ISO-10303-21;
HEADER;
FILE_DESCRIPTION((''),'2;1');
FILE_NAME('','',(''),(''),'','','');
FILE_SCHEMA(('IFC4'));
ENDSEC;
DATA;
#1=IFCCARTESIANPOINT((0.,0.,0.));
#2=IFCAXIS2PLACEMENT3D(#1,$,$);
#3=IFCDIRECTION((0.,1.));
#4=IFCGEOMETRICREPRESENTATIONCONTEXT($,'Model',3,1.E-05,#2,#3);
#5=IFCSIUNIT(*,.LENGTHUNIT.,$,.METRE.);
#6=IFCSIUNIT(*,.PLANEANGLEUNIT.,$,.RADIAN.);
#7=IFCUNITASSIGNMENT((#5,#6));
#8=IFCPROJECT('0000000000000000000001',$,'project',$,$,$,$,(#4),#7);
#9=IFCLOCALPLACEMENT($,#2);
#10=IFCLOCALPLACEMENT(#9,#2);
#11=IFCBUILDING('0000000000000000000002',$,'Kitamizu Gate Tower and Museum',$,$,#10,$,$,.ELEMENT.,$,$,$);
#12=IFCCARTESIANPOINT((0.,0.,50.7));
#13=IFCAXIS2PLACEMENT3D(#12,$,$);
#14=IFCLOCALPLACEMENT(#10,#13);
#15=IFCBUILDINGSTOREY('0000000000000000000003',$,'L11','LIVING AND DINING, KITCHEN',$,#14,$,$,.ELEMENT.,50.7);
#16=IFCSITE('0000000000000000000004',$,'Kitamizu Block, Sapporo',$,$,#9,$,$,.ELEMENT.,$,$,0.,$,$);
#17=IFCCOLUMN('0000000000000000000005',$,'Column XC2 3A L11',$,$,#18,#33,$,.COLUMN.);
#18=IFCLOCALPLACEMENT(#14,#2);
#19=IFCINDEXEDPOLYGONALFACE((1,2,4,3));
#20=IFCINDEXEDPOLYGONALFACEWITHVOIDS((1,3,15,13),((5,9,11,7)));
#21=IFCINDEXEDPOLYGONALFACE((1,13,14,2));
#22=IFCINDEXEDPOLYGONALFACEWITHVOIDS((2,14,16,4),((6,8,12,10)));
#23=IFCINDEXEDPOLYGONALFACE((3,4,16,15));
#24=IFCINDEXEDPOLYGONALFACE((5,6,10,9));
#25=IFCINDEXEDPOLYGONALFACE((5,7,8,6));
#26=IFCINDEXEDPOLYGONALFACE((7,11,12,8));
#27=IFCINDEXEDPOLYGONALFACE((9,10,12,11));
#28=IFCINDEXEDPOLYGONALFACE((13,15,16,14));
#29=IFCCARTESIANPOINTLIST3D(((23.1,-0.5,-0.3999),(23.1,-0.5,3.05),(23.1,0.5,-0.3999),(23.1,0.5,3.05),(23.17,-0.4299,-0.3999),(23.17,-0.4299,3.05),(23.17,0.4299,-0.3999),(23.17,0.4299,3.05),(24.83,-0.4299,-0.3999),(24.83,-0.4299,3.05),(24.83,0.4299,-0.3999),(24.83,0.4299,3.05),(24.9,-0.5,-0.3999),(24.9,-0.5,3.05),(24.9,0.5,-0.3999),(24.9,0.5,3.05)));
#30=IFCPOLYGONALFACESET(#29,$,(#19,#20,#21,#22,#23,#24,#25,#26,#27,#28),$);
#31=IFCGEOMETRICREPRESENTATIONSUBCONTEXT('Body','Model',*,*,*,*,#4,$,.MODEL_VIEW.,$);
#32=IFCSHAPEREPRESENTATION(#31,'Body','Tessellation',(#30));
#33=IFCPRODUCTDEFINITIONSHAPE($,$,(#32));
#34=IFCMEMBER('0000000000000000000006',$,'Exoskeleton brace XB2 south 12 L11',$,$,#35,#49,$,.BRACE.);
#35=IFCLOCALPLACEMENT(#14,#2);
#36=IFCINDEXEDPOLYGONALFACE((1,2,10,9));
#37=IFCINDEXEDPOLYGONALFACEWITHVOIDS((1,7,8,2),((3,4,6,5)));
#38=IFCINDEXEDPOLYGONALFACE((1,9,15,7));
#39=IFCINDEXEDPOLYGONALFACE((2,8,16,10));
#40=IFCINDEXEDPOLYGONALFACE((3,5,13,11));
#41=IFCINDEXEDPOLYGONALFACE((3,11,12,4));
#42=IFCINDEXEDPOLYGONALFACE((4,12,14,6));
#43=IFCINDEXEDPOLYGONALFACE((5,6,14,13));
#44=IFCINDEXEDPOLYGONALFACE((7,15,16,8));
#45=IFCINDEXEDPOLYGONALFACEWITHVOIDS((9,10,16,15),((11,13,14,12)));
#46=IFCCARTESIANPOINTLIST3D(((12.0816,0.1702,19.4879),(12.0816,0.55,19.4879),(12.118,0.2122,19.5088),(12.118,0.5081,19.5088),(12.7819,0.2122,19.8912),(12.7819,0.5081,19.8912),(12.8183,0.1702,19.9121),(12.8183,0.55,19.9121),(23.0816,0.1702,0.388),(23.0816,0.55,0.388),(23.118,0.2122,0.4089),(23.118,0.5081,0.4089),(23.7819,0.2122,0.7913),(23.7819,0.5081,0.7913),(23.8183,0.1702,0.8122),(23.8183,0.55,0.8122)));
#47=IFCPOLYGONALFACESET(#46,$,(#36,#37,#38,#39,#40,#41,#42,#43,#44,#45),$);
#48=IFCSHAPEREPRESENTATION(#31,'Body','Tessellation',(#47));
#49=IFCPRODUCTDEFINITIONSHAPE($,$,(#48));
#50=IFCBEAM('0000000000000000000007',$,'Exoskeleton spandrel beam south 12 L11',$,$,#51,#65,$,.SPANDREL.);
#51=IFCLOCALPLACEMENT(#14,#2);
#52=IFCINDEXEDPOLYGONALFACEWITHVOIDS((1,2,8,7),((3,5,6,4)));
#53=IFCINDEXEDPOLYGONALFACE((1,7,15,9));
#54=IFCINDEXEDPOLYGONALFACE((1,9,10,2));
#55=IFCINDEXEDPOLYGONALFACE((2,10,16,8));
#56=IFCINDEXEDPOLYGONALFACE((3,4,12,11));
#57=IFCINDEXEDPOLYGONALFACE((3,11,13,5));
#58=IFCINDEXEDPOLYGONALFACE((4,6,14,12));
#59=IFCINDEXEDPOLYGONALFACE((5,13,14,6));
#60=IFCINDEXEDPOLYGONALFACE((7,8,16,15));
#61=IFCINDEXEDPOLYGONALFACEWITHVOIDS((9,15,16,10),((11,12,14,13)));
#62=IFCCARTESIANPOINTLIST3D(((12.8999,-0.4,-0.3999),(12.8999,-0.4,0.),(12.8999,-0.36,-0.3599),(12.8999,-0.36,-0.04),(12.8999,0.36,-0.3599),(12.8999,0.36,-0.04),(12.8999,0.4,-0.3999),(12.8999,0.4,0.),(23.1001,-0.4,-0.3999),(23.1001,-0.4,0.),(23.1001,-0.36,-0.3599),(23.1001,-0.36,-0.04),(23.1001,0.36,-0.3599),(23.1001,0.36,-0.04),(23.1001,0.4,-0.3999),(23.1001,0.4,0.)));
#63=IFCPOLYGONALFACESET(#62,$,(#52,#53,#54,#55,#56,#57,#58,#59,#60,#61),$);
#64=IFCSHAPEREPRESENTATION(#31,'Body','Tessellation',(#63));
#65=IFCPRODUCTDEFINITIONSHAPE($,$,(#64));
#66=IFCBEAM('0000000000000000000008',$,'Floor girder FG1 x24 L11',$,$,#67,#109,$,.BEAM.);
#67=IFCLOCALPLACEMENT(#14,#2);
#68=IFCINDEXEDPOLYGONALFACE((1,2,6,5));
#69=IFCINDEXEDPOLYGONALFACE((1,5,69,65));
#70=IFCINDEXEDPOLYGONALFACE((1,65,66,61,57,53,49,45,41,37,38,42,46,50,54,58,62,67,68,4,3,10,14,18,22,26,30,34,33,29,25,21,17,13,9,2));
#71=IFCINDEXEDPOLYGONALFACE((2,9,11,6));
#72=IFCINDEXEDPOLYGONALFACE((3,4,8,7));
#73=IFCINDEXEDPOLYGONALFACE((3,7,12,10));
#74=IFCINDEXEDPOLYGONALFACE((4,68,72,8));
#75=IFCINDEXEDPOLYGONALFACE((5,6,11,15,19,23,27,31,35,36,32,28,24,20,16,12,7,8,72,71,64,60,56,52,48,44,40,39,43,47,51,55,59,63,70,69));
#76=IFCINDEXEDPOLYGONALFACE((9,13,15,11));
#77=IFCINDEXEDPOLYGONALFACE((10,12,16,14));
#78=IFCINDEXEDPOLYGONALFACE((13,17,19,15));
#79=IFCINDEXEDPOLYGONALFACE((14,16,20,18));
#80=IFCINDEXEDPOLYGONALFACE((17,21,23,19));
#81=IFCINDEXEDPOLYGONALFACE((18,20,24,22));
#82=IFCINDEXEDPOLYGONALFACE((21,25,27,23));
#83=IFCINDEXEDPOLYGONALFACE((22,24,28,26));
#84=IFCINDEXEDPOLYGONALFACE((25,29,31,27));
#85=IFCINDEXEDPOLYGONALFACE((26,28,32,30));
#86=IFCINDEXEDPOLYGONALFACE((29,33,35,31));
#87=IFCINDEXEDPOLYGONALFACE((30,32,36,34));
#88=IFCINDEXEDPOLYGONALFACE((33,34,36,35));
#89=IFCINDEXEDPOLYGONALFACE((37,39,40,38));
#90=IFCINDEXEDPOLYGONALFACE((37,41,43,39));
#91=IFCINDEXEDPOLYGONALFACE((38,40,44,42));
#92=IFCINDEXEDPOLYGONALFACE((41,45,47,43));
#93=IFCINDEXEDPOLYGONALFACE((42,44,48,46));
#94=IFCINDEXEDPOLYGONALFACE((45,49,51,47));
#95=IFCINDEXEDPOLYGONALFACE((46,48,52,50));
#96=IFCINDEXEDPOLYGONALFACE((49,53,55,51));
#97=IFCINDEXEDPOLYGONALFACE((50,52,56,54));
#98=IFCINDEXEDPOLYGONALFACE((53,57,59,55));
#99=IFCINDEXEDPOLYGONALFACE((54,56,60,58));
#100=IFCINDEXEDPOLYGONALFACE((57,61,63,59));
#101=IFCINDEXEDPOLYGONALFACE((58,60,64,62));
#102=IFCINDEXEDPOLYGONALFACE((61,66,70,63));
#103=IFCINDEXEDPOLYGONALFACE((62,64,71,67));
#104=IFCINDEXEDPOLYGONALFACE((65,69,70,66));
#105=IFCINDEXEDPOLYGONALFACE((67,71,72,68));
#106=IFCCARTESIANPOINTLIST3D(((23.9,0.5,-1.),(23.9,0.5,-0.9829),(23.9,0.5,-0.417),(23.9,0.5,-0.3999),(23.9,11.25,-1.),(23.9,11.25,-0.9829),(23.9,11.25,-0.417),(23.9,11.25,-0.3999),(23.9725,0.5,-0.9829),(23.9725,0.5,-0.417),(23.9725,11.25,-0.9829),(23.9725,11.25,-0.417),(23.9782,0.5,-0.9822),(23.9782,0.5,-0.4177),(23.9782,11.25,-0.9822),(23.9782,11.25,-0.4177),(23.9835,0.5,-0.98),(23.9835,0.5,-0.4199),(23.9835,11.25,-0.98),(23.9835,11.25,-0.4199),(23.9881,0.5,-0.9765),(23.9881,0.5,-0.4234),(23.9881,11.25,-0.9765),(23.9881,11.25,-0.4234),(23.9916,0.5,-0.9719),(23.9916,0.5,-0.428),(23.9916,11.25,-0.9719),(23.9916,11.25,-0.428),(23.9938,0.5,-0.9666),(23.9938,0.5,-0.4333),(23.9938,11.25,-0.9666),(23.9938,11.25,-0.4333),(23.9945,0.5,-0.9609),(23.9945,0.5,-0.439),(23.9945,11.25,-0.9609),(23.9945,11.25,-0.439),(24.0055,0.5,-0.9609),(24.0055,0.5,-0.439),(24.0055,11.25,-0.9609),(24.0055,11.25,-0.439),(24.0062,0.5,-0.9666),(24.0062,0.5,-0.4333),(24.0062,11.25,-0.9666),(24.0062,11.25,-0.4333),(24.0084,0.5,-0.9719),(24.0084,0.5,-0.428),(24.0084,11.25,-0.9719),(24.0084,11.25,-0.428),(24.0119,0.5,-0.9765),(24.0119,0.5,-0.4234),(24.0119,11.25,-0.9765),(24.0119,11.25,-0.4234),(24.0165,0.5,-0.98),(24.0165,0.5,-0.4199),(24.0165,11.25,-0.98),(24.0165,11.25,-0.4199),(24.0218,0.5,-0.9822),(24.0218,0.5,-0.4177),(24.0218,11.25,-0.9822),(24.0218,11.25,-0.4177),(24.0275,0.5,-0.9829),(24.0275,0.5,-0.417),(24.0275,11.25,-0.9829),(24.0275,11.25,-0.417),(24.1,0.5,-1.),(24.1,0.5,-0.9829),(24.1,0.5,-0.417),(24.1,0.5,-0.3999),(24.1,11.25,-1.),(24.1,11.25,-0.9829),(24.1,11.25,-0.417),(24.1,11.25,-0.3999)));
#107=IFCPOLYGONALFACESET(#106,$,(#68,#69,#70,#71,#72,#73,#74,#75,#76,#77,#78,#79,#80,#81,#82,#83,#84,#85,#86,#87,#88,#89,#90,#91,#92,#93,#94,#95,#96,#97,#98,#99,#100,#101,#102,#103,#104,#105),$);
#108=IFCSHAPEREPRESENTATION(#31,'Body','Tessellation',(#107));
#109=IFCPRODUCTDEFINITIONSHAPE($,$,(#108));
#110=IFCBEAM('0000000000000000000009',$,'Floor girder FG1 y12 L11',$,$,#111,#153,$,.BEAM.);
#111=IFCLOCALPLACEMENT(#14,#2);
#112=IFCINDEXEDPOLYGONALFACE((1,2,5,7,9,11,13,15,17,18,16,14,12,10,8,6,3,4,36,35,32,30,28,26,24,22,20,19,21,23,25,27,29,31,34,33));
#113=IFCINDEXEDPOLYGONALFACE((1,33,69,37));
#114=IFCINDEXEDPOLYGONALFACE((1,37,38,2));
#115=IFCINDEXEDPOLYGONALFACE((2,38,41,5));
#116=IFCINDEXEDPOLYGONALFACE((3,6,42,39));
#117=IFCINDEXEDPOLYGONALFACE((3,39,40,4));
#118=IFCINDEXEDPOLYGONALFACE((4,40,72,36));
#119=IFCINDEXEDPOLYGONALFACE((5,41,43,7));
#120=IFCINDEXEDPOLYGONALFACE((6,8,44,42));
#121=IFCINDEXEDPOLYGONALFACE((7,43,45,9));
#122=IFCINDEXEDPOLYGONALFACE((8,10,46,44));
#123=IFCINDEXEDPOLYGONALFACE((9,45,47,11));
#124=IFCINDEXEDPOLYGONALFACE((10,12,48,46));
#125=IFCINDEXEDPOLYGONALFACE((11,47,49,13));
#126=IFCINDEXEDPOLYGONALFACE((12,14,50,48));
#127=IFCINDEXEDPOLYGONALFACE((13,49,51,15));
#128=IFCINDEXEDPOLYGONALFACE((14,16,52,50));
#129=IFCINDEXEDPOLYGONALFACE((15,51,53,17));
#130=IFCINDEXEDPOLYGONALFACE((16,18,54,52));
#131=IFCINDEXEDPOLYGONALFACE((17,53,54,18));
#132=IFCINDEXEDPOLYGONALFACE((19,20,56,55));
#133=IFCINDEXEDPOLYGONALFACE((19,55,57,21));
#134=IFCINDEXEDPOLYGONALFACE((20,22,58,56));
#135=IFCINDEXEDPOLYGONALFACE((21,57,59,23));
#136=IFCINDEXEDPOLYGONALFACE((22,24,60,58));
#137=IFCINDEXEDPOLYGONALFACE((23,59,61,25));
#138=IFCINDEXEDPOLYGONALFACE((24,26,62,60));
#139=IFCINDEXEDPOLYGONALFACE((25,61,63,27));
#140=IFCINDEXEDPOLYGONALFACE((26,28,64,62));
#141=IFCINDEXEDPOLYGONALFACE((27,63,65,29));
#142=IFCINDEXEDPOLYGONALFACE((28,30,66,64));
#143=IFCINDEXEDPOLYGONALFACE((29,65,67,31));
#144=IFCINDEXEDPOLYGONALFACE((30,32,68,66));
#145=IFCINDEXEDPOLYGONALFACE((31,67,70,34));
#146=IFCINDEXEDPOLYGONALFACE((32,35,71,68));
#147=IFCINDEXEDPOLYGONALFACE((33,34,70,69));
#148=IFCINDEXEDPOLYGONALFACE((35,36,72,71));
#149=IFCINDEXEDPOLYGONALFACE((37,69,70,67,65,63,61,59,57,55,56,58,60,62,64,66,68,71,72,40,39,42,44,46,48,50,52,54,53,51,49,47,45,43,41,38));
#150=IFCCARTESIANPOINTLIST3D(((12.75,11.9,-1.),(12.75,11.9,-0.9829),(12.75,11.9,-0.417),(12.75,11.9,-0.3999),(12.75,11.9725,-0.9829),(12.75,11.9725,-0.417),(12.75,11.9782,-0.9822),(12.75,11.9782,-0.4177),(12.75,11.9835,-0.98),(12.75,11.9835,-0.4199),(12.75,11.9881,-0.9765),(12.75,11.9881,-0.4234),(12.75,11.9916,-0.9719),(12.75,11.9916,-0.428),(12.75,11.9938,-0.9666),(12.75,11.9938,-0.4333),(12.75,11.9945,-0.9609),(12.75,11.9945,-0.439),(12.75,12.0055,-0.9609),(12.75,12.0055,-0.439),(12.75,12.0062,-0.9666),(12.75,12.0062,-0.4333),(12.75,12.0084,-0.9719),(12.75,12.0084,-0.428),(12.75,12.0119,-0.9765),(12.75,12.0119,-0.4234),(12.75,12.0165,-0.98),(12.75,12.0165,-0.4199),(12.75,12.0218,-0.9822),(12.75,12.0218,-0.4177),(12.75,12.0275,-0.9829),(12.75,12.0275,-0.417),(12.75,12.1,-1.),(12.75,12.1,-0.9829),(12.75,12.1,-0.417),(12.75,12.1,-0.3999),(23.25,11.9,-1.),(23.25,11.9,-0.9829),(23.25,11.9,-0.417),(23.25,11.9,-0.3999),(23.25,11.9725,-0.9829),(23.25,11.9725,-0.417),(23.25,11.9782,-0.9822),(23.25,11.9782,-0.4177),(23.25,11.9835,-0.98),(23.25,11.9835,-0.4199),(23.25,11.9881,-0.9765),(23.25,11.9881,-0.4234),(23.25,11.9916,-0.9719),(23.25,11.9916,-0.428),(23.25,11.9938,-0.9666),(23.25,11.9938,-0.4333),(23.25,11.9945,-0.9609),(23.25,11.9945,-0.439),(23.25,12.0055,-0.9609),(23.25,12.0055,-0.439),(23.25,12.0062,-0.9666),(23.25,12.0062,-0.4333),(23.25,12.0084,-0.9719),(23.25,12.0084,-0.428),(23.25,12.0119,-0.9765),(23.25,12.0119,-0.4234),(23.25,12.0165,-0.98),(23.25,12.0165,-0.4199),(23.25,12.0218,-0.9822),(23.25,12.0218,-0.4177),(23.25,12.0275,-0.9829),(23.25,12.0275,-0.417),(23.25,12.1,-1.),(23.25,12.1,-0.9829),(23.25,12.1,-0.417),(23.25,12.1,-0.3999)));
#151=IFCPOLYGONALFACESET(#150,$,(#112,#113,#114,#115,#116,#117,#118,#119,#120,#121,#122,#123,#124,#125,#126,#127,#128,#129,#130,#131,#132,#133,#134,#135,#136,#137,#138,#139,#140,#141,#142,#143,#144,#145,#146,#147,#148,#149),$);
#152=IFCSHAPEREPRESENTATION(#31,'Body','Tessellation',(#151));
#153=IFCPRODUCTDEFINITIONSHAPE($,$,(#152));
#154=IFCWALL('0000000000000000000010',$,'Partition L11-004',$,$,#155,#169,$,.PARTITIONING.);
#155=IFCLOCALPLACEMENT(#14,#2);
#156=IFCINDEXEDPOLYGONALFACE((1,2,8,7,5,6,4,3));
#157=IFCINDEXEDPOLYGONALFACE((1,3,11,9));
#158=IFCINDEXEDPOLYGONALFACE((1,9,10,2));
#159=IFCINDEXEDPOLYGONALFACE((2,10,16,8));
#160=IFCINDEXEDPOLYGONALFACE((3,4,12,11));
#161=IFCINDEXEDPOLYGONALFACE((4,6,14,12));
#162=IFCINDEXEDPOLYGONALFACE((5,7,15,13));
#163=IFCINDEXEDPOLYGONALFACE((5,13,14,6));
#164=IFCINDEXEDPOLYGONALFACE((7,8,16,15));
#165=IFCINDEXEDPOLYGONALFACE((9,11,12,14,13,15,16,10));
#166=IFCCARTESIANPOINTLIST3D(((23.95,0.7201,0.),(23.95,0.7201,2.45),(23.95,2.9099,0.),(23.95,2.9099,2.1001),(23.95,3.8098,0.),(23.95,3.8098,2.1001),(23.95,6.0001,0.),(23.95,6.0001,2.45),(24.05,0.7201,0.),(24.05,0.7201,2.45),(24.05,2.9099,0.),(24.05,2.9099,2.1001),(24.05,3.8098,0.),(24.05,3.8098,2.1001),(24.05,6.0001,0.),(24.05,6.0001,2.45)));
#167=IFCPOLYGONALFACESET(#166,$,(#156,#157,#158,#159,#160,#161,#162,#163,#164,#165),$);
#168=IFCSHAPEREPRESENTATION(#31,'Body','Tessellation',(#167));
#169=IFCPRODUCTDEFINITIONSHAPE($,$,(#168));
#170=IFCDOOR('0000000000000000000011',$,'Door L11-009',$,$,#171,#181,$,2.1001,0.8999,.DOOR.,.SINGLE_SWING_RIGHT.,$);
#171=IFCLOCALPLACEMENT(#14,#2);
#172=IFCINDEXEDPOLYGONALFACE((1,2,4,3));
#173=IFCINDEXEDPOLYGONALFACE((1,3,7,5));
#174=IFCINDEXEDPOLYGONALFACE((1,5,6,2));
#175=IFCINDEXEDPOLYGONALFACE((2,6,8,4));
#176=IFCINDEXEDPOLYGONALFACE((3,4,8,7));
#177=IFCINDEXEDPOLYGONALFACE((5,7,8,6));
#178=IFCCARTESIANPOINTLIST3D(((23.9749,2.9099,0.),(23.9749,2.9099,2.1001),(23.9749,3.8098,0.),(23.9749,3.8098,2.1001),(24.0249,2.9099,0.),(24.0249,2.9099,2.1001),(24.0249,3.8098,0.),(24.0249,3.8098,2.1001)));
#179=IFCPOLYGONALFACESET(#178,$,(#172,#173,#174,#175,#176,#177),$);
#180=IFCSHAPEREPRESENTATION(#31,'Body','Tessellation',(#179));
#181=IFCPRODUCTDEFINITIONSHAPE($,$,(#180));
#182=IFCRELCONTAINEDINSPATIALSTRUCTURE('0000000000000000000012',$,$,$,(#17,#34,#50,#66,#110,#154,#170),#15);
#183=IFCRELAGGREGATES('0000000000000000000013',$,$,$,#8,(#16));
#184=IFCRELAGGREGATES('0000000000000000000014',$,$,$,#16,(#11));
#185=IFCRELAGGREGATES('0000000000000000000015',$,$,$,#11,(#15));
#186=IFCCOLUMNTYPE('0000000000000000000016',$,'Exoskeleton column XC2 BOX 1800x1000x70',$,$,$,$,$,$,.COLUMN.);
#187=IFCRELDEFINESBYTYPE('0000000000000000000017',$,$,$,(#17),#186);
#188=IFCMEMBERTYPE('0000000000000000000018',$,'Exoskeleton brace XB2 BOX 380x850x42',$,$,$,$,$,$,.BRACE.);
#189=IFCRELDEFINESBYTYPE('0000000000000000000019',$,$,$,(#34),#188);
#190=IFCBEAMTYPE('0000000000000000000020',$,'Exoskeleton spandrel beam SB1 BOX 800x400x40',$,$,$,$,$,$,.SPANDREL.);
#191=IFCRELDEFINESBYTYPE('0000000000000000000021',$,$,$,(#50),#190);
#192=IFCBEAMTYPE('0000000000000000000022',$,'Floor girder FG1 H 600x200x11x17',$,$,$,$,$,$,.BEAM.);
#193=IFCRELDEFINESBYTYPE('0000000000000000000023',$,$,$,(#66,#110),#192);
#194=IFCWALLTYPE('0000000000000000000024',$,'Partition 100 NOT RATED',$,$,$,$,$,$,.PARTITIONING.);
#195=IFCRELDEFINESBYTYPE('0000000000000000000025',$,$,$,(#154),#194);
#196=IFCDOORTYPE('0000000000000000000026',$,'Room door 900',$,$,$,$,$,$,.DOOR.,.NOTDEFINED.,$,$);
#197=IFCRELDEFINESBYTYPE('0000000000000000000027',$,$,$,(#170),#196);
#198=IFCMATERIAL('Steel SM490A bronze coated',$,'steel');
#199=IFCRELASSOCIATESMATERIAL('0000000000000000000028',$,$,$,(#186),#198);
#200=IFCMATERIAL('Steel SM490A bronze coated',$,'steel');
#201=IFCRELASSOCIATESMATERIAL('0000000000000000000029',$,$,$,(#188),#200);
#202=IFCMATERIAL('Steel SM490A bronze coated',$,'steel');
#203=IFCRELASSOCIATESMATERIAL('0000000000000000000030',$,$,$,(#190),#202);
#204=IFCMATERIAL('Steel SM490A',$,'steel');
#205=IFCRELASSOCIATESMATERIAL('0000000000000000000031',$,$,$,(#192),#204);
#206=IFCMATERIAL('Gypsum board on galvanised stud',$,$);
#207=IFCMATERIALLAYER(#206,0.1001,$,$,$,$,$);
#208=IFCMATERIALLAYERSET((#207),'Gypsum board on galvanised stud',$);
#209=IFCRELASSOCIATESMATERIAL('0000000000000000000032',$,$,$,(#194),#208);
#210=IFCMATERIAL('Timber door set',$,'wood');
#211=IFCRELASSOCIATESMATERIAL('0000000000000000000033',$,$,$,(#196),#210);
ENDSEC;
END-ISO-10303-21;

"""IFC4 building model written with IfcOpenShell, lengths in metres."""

from ifc_helpers import new_model, si_unit, direction, frame, frame_2d, origin, origin_2d, place, context, subcontext, project, spatial, rectangle, hollow_rectangle, i_section, extrude, material, layer, layer_set, material_profile, profile_set, type_object, element, fill, save


model = new_model("IFC4")

# Units and contexts
model_context = context("Model", 3, precision=1e-05, world=origin(), true_north=direction((0.0, 1.0)))
body_context = subcontext(model_context, "Body", "Model", "MODEL_VIEW")
ifc_project = project(units=[si_unit("LENGTHUNIT", "METRE"), si_unit("PLANEANGLEUNIT", "RADIAN")], contexts=[model_context])

# Site, building, storey
site_placement = place(None, origin())
site = spatial("IfcSite", under=ifc_project, at=site_placement, Name="Kitamizu Block, Sapporo", CompositionType="ELEMENT", RefElevation=0.0)
building_placement = place(site_placement, origin())
building = spatial("IfcBuilding", under=site, at=building_placement, Name="Kitamizu Gate Tower and Museum", CompositionType="ELEMENT")
storey_placement = place(building_placement, frame((0.0, 0.0, 50.7)))
storey = spatial("IfcBuildingStorey", under=building, at=storey_placement, Name="L11", Description="LIVING AND DINING, KITCHEN", CompositionType="ELEMENT", Elevation=50.7)

# Column
ifc_material_1 = material(Name="Steel SM490A bronze coated", Category="steel")
ifc_material_profile_1 = material_profile(ifc_material_1, hollow_rectangle(XDim=1.8, YDim=1.0, WallThickness=0.0701, at=origin_2d()), Name="BOX 1800x1000x70")
ifc_profile_set_1 = profile_set([ifc_material_profile_1], Name="Steel SM490A bronze coated")
column_type = type_object("IfcColumnType", Name="Exoskeleton column XC2 BOX 1800x1000x70", PredefinedType="COLUMN", material=ifc_profile_set_1)
column_placement = place(storey_placement, frame((24.0, 0.0, -0.3999), z_axis=(0.0, 0.0, 1.0), x_axis=(1.0, 0.0, 0.0)))
element("IfcColumn", 1, at=column_placement, inside=storey, type_object=column_type, Name="Column XC2 3A L11", PredefinedType="COLUMN", context=body_context, shape_type="SweptSolid", body=[
    extrude(hollow_rectangle(XDim=1.8, YDim=1.0, WallThickness=0.0701, at=origin_2d()), origin(), (0.0, 0.0, 1.0), 3.45),
])

# Member
ifc_material_2 = material(Name="Steel SM490A bronze coated", Category="steel")
ifc_material_profile_2 = material_profile(ifc_material_2, hollow_rectangle(XDim=0.3799, YDim=0.8501, WallThickness=0.042, at=origin_2d()), Name="BOX 380x850x42")
ifc_profile_set_2 = profile_set([ifc_material_profile_2], Name="Steel SM490A bronze coated")
member_type = type_object("IfcMemberType", Name="Exoskeleton brace XB2 BOX 380x850x42", PredefinedType="BRACE", material=ifc_profile_set_2)
member_placement = place(storey_placement, frame((23.45, 0.3601, 0.6001), z_axis=(-0.499071, 0.0, 0.866561), x_axis=(0.0, -1.0, 0.0)))
element("IfcMember", 2, at=member_placement, inside=storey, type_object=member_type, Name="Exoskeleton brace XB2 south 12 L11", PredefinedType="BRACE", context=body_context, shape_type="SweptSolid", body=[
    extrude(hollow_rectangle(XDim=0.3799, YDim=0.8501, WallThickness=0.042, at=origin_2d()), origin(), (0.0, 0.0, 1.0), 22.041),
])

# Beams
ifc_material_3 = material(Name="Steel SM490A bronze coated", Category="steel")
ifc_material_profile_3 = material_profile(ifc_material_3, hollow_rectangle(XDim=0.8, YDim=0.3999, WallThickness=0.04, at=origin_2d()), Name="BOX 800x400x40")
ifc_profile_set_3 = profile_set([ifc_material_profile_3], Name="Steel SM490A bronze coated")
beam_type_1 = type_object("IfcBeamType", Name="Exoskeleton spandrel beam SB1 BOX 800x400x40", PredefinedType="SPANDREL", material=ifc_profile_set_3)
beam_1_placement = place(storey_placement, frame((12.8999, 0.0, -0.2), z_axis=(1.0, 0.0, 0.0), x_axis=(0.0, 1.0, 0.0)))
element("IfcBeam", 3, at=beam_1_placement, inside=storey, type_object=beam_type_1, Name="Exoskeleton spandrel beam south 12 L11", PredefinedType="SPANDREL", context=body_context, shape_type="SweptSolid", body=[
    extrude(hollow_rectangle(XDim=0.8, YDim=0.3999, WallThickness=0.04, at=origin_2d()), origin(), (0.0, 0.0, 1.0), 10.2002),
])
ifc_material_4 = material(Name="Steel SM490A", Category="steel")
ifc_material_profile_4 = material_profile(ifc_material_4, i_section(OverallWidth=0.2, OverallDepth=0.6001, WebThickness=0.011, FlangeThickness=0.0171, FilletRadius=0.022, at=origin_2d()), Name="H-600x200x11x17")
ifc_profile_set_4 = profile_set([ifc_material_profile_4], Name="Steel SM490A")
beam_type_2 = type_object("IfcBeamType", Name="Floor girder FG1 H 600x200x11x17", PredefinedType="BEAM", material=ifc_profile_set_4)
beam_2_placement = place(storey_placement, frame((24.0, 0.5, -0.7), z_axis=(0.0, 1.0, 0.0), x_axis=(-1.0, 0.0, 0.0)))
element("IfcBeam", 4, at=beam_2_placement, inside=storey, type_object=beam_type_2, Name="Floor girder FG1 x24 L11", PredefinedType="BEAM", context=body_context, shape_type="SweptSolid", body=[
    extrude(i_section(OverallWidth=0.2, OverallDepth=0.6001, WebThickness=0.011, FlangeThickness=0.0171, FilletRadius=0.022, at=origin_2d()), origin(), (0.0, 0.0, 1.0), 10.75),
])
beam_3_placement = place(storey_placement, frame((12.75, 12.0, -0.7), z_axis=(1.0, 0.0, 0.0), x_axis=(0.0, 1.0, 0.0)))
element("IfcBeam", 5, at=beam_3_placement, inside=storey, type_object=beam_type_2, Name="Floor girder FG1 y12 L11", PredefinedType="BEAM", context=body_context, shape_type="SweptSolid", body=[
    extrude(i_section(OverallWidth=0.2, OverallDepth=0.6001, WebThickness=0.011, FlangeThickness=0.0171, FilletRadius=0.022, at=origin_2d()), origin(), (0.0, 0.0, 1.0), 10.5),
])

# Wall, opening, door
ifc_material_5 = material(Name="Gypsum board on galvanised stud")
ifc_layer_1 = layer(ifc_material_5, 0.1001)
ifc_layer_set_1 = layer_set([ifc_layer_1], Name="Gypsum board on galvanised stud")
wall_type_1 = type_object("IfcWallType", Name="Partition 100 NOT RATED", PredefinedType="PARTITIONING", material=ifc_layer_set_1)
wall_1_placement = place(storey_placement, frame((24.0, 0.72, 0.0), z_axis=(0.0, 0.0, 1.0), x_axis=(0.0, 1.0, 0.0)))
wall_1 = element("IfcWall", 6, at=wall_1_placement, inside=storey, type_object=wall_type_1, Name="Partition L11-004", PredefinedType="PARTITIONING", context=body_context, shape_type="SweptSolid", body=[
    extrude(rectangle(XDim=5.28, YDim=0.1001, at=frame_2d((2.6401, 0.0))), origin(), (0.0, 0.0, 1.0), 2.45),
])
opening_1_placement = place(wall_1_placement, frame((2.1899, 0.0, 0.0)))
opening_1 = element("IfcOpeningElement", 7, at=opening_1_placement, cuts=wall_1, PredefinedType="OPENING", context=body_context, shape_type="SweptSolid", body=[
    extrude(rectangle(XDim=0.8999, YDim=2.1001, at=frame_2d((0.45, 1.05))), frame((0.0, 0.0601, 0.0), z_axis=(0.0, -1.0, 0.0), x_axis=(1.0, 0.0, 0.0)), (0.0, 0.0, 1.0), 0.1201),
])
ifc_material_6 = material(Name="Timber door set", Category="wood")
door_type_1 = type_object("IfcDoorType", Name="Room door 900", OperationType="NOTDEFINED", PredefinedType="DOOR", material=ifc_material_6)
door_1_placement = place(opening_1_placement, frame((0.8999, 0.0, 0.0), x_axis=(-1.0, 0.0, 0.0)))
door_1 = element("IfcDoor", 8, at=door_1_placement, inside=storey, type_object=door_type_1, Name="Door L11-009", OperationType="SINGLE_SWING_RIGHT", OverallHeight=2.1001, OverallWidth=0.8999, PredefinedType="DOOR", context=body_context, shape_type="SweptSolid", body=[
    extrude(rectangle(XDim=0.8999, YDim=2.1001, at=frame_2d((0.45, 1.05))), frame((0.0, 0.0249, 0.0), z_axis=(0.0, -1.0, 0.0), x_axis=(1.0, 0.0, 0.0)), (0.0, 0.0, 1.0), 0.05),
])
fill(opening_1, door_1)

save(model, "model.ifc")
